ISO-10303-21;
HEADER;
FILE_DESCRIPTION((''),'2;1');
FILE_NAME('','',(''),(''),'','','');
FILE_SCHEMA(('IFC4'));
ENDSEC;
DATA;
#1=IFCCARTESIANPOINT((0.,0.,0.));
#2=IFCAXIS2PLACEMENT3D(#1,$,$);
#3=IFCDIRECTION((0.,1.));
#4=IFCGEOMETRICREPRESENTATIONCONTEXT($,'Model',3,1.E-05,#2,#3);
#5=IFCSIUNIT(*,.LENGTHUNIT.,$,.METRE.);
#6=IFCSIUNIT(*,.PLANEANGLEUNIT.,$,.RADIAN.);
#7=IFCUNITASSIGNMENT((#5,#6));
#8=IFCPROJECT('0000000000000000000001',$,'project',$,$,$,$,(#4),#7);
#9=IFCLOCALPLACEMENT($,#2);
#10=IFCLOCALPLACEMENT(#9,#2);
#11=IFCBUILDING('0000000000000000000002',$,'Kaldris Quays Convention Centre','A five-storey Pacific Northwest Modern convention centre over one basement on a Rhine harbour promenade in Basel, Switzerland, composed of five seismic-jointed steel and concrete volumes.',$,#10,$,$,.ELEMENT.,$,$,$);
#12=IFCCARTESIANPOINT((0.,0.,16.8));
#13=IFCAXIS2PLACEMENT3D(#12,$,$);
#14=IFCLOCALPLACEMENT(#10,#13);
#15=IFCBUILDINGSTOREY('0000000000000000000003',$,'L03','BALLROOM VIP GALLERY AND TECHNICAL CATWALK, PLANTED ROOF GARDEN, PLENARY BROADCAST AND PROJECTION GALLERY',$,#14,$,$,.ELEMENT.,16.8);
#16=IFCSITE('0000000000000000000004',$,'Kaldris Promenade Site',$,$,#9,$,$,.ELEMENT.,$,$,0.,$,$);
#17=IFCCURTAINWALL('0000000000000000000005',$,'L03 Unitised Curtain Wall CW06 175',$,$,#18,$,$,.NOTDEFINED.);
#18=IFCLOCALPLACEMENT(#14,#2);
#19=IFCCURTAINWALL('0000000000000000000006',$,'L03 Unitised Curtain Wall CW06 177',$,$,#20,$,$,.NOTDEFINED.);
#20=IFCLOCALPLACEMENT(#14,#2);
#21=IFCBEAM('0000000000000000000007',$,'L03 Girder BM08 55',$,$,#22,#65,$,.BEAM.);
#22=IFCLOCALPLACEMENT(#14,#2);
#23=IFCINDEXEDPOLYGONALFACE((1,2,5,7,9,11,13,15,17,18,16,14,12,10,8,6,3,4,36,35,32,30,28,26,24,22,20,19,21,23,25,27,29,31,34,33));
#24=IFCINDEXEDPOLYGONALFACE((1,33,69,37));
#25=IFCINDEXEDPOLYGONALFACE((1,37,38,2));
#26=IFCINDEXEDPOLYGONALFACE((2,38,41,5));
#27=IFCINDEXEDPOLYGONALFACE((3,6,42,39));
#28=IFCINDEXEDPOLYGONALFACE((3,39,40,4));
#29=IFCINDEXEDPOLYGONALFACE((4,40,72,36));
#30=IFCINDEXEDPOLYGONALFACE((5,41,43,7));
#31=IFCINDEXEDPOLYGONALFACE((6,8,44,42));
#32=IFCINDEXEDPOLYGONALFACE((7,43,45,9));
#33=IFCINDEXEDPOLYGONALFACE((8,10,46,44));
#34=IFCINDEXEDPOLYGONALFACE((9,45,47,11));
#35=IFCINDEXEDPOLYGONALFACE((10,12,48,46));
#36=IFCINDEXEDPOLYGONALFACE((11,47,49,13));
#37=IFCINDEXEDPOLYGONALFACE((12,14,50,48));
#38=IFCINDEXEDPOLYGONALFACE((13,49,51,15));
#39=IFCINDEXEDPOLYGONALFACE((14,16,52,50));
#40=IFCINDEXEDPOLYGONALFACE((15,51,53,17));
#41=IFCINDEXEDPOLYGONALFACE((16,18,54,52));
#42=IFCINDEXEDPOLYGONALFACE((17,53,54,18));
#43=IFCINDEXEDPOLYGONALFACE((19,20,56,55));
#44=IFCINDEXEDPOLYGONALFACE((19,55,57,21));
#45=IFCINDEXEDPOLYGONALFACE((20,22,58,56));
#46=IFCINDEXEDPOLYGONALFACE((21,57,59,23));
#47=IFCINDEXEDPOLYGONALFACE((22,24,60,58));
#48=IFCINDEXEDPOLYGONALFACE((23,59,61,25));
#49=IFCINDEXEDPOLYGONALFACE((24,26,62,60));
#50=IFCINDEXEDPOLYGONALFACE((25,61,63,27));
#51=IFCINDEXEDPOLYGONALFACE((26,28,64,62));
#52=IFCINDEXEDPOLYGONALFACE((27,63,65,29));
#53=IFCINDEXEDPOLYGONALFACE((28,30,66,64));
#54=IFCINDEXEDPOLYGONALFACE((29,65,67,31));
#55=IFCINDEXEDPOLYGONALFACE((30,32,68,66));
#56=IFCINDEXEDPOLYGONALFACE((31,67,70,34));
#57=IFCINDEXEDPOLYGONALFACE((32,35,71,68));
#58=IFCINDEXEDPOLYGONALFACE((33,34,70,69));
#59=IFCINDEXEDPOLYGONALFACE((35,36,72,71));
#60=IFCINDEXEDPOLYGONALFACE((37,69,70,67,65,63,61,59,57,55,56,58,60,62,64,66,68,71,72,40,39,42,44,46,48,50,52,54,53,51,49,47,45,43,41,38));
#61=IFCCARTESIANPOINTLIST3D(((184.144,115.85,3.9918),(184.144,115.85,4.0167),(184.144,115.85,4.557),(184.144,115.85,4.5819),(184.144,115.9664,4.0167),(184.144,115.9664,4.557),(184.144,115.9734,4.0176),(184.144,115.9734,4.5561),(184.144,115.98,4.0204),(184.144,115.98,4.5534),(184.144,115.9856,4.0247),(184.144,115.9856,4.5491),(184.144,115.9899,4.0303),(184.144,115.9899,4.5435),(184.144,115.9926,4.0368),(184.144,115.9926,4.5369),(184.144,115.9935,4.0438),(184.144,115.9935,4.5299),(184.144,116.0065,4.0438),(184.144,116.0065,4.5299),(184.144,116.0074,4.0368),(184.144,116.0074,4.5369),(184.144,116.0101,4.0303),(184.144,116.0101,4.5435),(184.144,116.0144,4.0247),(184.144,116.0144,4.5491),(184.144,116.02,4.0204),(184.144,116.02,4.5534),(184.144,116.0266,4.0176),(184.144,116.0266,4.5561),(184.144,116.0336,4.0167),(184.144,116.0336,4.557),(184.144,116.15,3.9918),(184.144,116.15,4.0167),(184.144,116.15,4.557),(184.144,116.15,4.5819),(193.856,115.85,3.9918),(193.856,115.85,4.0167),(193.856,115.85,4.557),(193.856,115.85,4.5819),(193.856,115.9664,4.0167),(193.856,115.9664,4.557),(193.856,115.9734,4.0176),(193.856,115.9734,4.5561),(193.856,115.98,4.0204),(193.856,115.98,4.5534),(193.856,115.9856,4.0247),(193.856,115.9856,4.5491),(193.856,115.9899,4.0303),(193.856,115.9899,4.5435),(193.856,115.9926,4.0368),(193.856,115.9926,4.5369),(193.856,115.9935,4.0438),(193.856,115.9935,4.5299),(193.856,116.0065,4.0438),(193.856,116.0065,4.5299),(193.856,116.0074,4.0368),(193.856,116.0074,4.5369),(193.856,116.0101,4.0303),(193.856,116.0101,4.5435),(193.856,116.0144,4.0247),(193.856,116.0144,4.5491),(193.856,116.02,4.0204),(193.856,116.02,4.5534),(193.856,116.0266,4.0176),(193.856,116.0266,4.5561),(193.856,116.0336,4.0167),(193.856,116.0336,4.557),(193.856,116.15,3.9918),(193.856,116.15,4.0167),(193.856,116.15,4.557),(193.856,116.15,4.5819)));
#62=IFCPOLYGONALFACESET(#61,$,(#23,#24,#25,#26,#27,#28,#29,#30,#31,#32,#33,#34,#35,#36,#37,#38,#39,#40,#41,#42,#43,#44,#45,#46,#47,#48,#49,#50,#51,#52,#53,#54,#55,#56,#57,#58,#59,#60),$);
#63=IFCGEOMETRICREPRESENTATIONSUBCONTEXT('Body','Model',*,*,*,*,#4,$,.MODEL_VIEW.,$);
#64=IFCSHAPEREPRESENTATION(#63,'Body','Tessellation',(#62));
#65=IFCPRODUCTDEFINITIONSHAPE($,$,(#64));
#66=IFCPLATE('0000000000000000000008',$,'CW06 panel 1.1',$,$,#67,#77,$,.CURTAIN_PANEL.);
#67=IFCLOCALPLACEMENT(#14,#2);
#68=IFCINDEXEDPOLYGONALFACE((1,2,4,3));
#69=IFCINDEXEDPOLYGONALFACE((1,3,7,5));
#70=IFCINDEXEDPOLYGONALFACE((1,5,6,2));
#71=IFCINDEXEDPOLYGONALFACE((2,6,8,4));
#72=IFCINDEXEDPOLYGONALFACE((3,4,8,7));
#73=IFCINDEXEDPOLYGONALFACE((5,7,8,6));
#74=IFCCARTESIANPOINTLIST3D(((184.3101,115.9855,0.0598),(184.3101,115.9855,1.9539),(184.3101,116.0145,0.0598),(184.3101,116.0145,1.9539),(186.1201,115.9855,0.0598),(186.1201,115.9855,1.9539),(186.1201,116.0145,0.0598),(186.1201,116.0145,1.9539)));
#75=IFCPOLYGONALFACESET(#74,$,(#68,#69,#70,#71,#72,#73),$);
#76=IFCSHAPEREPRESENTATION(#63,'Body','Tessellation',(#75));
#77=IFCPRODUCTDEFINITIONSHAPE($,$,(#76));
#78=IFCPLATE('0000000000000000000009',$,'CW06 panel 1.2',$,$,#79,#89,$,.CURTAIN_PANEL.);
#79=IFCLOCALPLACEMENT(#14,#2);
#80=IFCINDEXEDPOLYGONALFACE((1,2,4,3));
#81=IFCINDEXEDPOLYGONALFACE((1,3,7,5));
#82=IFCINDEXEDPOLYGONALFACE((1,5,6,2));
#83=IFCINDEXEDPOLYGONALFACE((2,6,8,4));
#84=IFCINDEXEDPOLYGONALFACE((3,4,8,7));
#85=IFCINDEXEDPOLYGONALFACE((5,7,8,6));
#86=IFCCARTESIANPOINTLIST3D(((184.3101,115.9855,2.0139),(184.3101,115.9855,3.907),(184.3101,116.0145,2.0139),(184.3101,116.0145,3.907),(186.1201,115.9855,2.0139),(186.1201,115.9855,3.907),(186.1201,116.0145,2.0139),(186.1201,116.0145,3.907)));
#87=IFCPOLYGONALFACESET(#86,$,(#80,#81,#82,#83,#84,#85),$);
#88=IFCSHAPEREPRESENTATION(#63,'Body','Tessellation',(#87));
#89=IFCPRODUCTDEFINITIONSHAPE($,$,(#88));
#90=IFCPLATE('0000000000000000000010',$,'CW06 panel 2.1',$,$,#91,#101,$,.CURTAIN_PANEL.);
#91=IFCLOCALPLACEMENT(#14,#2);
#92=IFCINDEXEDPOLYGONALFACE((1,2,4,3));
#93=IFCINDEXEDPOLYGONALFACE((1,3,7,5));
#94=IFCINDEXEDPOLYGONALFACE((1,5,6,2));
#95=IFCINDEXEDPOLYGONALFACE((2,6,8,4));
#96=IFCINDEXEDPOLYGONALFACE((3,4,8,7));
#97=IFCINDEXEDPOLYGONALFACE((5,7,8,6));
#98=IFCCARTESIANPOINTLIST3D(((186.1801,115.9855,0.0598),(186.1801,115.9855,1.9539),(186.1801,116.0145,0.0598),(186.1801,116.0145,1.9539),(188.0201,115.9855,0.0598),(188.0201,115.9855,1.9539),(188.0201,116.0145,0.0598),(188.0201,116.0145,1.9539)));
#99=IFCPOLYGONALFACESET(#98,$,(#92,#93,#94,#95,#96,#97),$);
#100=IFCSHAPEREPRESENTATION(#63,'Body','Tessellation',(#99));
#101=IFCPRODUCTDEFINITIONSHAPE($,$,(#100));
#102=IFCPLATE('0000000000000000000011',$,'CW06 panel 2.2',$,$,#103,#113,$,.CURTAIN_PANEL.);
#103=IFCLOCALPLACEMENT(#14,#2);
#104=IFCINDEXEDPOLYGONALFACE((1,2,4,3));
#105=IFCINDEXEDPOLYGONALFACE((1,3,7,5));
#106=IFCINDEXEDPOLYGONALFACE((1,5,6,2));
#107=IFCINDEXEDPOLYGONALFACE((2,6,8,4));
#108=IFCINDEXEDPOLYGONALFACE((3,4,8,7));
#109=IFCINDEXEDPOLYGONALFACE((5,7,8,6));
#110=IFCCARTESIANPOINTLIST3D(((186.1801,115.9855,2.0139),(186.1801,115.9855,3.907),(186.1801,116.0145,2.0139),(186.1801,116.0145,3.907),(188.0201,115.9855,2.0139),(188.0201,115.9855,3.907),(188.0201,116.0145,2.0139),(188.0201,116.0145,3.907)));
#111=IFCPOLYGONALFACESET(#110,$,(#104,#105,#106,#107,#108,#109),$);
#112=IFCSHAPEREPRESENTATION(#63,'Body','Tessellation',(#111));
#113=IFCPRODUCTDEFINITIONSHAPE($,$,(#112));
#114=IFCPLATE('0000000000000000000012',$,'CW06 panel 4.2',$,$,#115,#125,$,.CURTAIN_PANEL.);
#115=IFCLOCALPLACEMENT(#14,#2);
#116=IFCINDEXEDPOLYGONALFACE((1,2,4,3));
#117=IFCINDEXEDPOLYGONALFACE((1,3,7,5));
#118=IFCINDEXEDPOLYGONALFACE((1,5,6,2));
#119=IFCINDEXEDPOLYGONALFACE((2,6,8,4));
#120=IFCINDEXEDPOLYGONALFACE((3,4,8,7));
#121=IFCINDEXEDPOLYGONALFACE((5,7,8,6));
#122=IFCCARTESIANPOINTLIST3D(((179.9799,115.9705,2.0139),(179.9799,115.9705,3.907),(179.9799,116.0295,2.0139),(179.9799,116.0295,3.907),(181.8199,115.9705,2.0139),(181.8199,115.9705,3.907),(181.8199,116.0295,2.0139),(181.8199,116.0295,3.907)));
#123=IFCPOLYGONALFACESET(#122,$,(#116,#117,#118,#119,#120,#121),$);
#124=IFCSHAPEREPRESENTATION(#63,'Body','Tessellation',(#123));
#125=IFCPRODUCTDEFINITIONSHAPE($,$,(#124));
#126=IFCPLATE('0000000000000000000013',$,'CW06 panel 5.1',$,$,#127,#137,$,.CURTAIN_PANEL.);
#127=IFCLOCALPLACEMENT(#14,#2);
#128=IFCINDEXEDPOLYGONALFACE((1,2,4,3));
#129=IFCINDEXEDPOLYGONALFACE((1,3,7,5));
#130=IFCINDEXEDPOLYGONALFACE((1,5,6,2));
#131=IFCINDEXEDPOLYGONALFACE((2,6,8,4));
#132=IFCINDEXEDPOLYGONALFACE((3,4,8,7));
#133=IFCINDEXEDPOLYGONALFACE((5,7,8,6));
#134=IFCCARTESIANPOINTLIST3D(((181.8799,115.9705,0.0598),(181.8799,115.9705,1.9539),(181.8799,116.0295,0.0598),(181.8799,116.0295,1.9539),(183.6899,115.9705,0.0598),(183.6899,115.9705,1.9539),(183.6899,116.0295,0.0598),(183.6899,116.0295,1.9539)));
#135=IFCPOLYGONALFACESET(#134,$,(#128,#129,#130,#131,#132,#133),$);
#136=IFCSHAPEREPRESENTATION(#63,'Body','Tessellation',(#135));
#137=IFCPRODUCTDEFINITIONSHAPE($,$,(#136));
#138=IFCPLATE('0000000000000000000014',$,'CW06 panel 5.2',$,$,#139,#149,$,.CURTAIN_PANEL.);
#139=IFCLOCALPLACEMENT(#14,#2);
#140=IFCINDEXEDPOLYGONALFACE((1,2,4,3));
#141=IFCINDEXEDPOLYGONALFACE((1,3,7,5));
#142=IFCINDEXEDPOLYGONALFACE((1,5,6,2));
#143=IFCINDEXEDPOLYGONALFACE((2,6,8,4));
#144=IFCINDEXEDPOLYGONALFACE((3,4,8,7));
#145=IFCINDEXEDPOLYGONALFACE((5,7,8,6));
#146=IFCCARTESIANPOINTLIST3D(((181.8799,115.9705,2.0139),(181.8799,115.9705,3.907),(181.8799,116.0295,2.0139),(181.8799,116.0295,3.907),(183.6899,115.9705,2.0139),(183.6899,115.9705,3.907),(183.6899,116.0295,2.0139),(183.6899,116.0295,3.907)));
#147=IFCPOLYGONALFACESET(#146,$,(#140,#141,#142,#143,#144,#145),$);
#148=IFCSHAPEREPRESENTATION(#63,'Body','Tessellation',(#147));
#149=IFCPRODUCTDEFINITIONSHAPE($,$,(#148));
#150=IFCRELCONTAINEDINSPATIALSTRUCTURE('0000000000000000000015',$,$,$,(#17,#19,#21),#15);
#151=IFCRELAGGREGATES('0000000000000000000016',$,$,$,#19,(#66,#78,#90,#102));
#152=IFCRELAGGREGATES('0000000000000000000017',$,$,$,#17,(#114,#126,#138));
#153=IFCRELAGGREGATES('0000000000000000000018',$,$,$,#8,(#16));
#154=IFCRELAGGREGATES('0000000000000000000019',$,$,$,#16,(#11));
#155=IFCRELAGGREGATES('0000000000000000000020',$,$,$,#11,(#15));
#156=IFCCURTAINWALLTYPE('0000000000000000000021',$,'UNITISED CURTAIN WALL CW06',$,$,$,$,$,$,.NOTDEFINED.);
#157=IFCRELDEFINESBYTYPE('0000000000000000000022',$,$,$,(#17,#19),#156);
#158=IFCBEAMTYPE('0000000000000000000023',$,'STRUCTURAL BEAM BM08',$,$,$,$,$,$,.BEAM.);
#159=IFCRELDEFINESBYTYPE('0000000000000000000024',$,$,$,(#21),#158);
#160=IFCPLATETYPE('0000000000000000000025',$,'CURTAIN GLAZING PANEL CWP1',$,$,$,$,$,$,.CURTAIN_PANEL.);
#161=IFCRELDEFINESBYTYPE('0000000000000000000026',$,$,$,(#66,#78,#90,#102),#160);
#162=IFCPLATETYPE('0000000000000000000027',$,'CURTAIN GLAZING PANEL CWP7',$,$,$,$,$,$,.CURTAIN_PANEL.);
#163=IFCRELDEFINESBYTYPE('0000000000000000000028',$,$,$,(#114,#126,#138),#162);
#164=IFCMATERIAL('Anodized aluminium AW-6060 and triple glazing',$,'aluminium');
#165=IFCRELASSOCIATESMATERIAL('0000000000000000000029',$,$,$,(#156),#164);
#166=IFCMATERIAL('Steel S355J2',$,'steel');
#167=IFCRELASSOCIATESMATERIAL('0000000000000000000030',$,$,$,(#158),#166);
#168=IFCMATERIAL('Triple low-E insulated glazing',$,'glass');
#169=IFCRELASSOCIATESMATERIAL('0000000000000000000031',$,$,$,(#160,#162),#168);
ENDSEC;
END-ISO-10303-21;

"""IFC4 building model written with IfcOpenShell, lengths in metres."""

from ifc_helpers import new_model, si_unit, direction, frame, origin, origin_2d, place, context, subcontext, project, spatial, rectangle, i_section, extrude, material, material_profile, profile_set, type_object, element, aggregate, save


model = new_model("IFC4")

# Units and contexts
model_context = context("Model", 3, precision=1e-05, world=origin(), true_north=direction((0.0, 1.0)))
body_context = subcontext(model_context, "Body", "Model", "MODEL_VIEW")
ifc_project = project(units=[si_unit("LENGTHUNIT", "METRE"), si_unit("PLANEANGLEUNIT", "RADIAN")], contexts=[model_context])

# Site, building, storey
site_placement = place(None, origin())
site = spatial("IfcSite", under=ifc_project, at=site_placement, Name="Kaldris Promenade Site", CompositionType="ELEMENT", RefElevation=0.0)
building_placement = place(site_placement, origin())
building = spatial("IfcBuilding", under=site, at=building_placement, Name="Kaldris Quays Convention Centre", Description="A five-storey Pacific Northwest Modern convention centre over one basement on a Rhine harbour promenade in Basel, Switzerland, composed of five seismic-jointed steel and concrete volumes.", CompositionType="ELEMENT")
storey_placement = place(building_placement, frame((0.0, 0.0, 16.8)))
storey = spatial("IfcBuildingStorey", under=building, at=storey_placement, Name="L03", Description="BALLROOM VIP GALLERY AND TECHNICAL CATWALK, PLANTED ROOF GARDEN, PLENARY BROADCAST AND PROJECTION GALLERY", CompositionType="ELEMENT", Elevation=16.8)

# Shared definitions
ifc_material_1 = material(Name="Steel S355J2", Category="steel")

# Curtain walls
ifc_material_2 = material(Name="Anodized aluminium AW-6060 and triple glazing", Category="aluminium")
curtain_wall_type = type_object("IfcCurtainWallType", Name="UNITISED CURTAIN WALL CW06", PredefinedType="NOTDEFINED", material=ifc_material_2)
curtain_wall_1_placement = place(storey_placement, origin())
curtain_wall_1 = element("IfcCurtainWall", 1, at=curtain_wall_1_placement, inside=storey, type_object=curtain_wall_type, Name="L03 Unitised Curtain Wall CW06 175", PredefinedType="NOTDEFINED")
curtain_wall_2_placement = place(storey_placement, origin())
curtain_wall_2 = element("IfcCurtainWall", 2, at=curtain_wall_2_placement, inside=storey, type_object=curtain_wall_type, Name="L03 Unitised Curtain Wall CW06 177", PredefinedType="NOTDEFINED")

# Beam
ifc_material_profile_1 = material_profile(ifc_material_1, i_section(OverallWidth=0.3, OverallDepth=0.5901, WebThickness=0.0129, FlangeThickness=0.0249, FilletRadius=0.0271, at=origin_2d()), Name="HEA 600")
ifc_profile_set_1 = profile_set([ifc_material_profile_1], Name="Steel S355J2")
beam_type = type_object("IfcBeamType", Name="STRUCTURAL BEAM BM08", PredefinedType="BEAM", material=ifc_profile_set_1)
beam_placement = place(storey_placement, frame((184.144, 116.0, 4.2869), z_axis=(1.0, 0.0, 0.0), x_axis=(0.0, 1.0, 0.0)))
element("IfcBeam", 3, at=beam_placement, inside=storey, type_object=beam_type, Name="L03 Girder BM08 55", PredefinedType="BEAM", context=body_context, shape_type="SweptSolid", body=[
    extrude(i_section(OverallWidth=0.3, OverallDepth=0.5901, WebThickness=0.0129, FlangeThickness=0.0249, FilletRadius=0.0271, at=origin_2d()), origin(), (0.0, 0.0, 1.0), 9.7119),
])

# Plates
ifc_material_3 = material(Name="Triple low-E insulated glazing", Category="glass")
plate_type_1 = type_object("IfcPlateType", Name="CURTAIN GLAZING PANEL CWP1", PredefinedType="CURTAIN_PANEL", material=ifc_material_3)
plate_1_placement = place(storey_placement, frame((185.2151, 116.0, 0.0598), z_axis=(0.0, 0.0, 1.0), x_axis=(1.0, 0.0, 0.0)))
plate_1 = element("IfcPlate", 4, at=plate_1_placement, type_object=plate_type_1, Name="CW06 panel 1.1", PredefinedType="CURTAIN_PANEL", context=body_context, shape_type="SweptSolid", body=[
    extrude(rectangle(XDim=1.8101, YDim=0.0291, at=origin_2d()), origin(), (0.0, 0.0, 1.0), 1.894),
])
plate_2_placement = place(storey_placement, frame((185.2151, 116.0, 2.0139), z_axis=(0.0, 0.0, 1.0), x_axis=(1.0, 0.0, 0.0)))
plate_2 = element("IfcPlate", 5, at=plate_2_placement, type_object=plate_type_1, Name="CW06 panel 1.2", PredefinedType="CURTAIN_PANEL", context=body_context, shape_type="SweptSolid", body=[
    extrude(rectangle(XDim=1.8101, YDim=0.0291, at=origin_2d()), origin(), (0.0, 0.0, 1.0), 1.8931),
])
plate_3_placement = place(storey_placement, frame((187.1001, 116.0, 0.0598), z_axis=(0.0, 0.0, 1.0), x_axis=(1.0, 0.0, 0.0)))
plate_3 = element("IfcPlate", 6, at=plate_3_placement, type_object=plate_type_1, Name="CW06 panel 2.1", PredefinedType="CURTAIN_PANEL", context=body_context, shape_type="SweptSolid", body=[
    extrude(rectangle(XDim=1.8401, YDim=0.0291, at=origin_2d()), origin(), (0.0, 0.0, 1.0), 1.894),
])
plate_4_placement = place(storey_placement, frame((187.1001, 116.0, 2.0139), z_axis=(0.0, 0.0, 1.0), x_axis=(1.0, 0.0, 0.0)))
plate_4 = element("IfcPlate", 7, at=plate_4_placement, type_object=plate_type_1, Name="CW06 panel 2.2", PredefinedType="CURTAIN_PANEL", context=body_context, shape_type="SweptSolid", body=[
    extrude(rectangle(XDim=1.8401, YDim=0.0291, at=origin_2d()), origin(), (0.0, 0.0, 1.0), 1.8931),
])
aggregate(curtain_wall_2, [plate_1, plate_2, plate_3, plate_4])
plate_type_2 = type_object("IfcPlateType", Name="CURTAIN GLAZING PANEL CWP7", PredefinedType="CURTAIN_PANEL", material=ifc_material_3)
plate_5_placement = place(storey_placement, frame((180.8999, 116.0, 2.0139), z_axis=(0.0, 0.0, 1.0), x_axis=(1.0, 0.0, 0.0)))
plate_5 = element("IfcPlate", 8, at=plate_5_placement, type_object=plate_type_2, Name="CW06 panel 4.2", PredefinedType="CURTAIN_PANEL", context=body_context, shape_type="SweptSolid", body=[
    extrude(rectangle(XDim=1.8401, YDim=0.0591, at=origin_2d()), origin(), (0.0, 0.0, 1.0), 1.8931),
])
plate_6_placement = place(storey_placement, frame((182.7849, 116.0, 0.0598), z_axis=(0.0, 0.0, 1.0), x_axis=(1.0, 0.0, 0.0)))
plate_6 = element("IfcPlate", 9, at=plate_6_placement, type_object=plate_type_2, Name="CW06 panel 5.1", PredefinedType="CURTAIN_PANEL", context=body_context, shape_type="SweptSolid", body=[
    extrude(rectangle(XDim=1.8101, YDim=0.0591, at=origin_2d()), origin(), (0.0, 0.0, 1.0), 1.894),
])
plate_7_placement = place(storey_placement, frame((182.7849, 116.0, 2.0139), z_axis=(0.0, 0.0, 1.0), x_axis=(1.0, 0.0, 0.0)))
plate_7 = element("IfcPlate", 10, at=plate_7_placement, type_object=plate_type_2, Name="CW06 panel 5.2", PredefinedType="CURTAIN_PANEL", context=body_context, shape_type="SweptSolid", body=[
    extrude(rectangle(XDim=1.8101, YDim=0.0591, at=origin_2d()), origin(), (0.0, 0.0, 1.0), 1.8931),
])
aggregate(curtain_wall_1, [plate_5, plate_6, plate_7])

save(model, "model.ifc")
